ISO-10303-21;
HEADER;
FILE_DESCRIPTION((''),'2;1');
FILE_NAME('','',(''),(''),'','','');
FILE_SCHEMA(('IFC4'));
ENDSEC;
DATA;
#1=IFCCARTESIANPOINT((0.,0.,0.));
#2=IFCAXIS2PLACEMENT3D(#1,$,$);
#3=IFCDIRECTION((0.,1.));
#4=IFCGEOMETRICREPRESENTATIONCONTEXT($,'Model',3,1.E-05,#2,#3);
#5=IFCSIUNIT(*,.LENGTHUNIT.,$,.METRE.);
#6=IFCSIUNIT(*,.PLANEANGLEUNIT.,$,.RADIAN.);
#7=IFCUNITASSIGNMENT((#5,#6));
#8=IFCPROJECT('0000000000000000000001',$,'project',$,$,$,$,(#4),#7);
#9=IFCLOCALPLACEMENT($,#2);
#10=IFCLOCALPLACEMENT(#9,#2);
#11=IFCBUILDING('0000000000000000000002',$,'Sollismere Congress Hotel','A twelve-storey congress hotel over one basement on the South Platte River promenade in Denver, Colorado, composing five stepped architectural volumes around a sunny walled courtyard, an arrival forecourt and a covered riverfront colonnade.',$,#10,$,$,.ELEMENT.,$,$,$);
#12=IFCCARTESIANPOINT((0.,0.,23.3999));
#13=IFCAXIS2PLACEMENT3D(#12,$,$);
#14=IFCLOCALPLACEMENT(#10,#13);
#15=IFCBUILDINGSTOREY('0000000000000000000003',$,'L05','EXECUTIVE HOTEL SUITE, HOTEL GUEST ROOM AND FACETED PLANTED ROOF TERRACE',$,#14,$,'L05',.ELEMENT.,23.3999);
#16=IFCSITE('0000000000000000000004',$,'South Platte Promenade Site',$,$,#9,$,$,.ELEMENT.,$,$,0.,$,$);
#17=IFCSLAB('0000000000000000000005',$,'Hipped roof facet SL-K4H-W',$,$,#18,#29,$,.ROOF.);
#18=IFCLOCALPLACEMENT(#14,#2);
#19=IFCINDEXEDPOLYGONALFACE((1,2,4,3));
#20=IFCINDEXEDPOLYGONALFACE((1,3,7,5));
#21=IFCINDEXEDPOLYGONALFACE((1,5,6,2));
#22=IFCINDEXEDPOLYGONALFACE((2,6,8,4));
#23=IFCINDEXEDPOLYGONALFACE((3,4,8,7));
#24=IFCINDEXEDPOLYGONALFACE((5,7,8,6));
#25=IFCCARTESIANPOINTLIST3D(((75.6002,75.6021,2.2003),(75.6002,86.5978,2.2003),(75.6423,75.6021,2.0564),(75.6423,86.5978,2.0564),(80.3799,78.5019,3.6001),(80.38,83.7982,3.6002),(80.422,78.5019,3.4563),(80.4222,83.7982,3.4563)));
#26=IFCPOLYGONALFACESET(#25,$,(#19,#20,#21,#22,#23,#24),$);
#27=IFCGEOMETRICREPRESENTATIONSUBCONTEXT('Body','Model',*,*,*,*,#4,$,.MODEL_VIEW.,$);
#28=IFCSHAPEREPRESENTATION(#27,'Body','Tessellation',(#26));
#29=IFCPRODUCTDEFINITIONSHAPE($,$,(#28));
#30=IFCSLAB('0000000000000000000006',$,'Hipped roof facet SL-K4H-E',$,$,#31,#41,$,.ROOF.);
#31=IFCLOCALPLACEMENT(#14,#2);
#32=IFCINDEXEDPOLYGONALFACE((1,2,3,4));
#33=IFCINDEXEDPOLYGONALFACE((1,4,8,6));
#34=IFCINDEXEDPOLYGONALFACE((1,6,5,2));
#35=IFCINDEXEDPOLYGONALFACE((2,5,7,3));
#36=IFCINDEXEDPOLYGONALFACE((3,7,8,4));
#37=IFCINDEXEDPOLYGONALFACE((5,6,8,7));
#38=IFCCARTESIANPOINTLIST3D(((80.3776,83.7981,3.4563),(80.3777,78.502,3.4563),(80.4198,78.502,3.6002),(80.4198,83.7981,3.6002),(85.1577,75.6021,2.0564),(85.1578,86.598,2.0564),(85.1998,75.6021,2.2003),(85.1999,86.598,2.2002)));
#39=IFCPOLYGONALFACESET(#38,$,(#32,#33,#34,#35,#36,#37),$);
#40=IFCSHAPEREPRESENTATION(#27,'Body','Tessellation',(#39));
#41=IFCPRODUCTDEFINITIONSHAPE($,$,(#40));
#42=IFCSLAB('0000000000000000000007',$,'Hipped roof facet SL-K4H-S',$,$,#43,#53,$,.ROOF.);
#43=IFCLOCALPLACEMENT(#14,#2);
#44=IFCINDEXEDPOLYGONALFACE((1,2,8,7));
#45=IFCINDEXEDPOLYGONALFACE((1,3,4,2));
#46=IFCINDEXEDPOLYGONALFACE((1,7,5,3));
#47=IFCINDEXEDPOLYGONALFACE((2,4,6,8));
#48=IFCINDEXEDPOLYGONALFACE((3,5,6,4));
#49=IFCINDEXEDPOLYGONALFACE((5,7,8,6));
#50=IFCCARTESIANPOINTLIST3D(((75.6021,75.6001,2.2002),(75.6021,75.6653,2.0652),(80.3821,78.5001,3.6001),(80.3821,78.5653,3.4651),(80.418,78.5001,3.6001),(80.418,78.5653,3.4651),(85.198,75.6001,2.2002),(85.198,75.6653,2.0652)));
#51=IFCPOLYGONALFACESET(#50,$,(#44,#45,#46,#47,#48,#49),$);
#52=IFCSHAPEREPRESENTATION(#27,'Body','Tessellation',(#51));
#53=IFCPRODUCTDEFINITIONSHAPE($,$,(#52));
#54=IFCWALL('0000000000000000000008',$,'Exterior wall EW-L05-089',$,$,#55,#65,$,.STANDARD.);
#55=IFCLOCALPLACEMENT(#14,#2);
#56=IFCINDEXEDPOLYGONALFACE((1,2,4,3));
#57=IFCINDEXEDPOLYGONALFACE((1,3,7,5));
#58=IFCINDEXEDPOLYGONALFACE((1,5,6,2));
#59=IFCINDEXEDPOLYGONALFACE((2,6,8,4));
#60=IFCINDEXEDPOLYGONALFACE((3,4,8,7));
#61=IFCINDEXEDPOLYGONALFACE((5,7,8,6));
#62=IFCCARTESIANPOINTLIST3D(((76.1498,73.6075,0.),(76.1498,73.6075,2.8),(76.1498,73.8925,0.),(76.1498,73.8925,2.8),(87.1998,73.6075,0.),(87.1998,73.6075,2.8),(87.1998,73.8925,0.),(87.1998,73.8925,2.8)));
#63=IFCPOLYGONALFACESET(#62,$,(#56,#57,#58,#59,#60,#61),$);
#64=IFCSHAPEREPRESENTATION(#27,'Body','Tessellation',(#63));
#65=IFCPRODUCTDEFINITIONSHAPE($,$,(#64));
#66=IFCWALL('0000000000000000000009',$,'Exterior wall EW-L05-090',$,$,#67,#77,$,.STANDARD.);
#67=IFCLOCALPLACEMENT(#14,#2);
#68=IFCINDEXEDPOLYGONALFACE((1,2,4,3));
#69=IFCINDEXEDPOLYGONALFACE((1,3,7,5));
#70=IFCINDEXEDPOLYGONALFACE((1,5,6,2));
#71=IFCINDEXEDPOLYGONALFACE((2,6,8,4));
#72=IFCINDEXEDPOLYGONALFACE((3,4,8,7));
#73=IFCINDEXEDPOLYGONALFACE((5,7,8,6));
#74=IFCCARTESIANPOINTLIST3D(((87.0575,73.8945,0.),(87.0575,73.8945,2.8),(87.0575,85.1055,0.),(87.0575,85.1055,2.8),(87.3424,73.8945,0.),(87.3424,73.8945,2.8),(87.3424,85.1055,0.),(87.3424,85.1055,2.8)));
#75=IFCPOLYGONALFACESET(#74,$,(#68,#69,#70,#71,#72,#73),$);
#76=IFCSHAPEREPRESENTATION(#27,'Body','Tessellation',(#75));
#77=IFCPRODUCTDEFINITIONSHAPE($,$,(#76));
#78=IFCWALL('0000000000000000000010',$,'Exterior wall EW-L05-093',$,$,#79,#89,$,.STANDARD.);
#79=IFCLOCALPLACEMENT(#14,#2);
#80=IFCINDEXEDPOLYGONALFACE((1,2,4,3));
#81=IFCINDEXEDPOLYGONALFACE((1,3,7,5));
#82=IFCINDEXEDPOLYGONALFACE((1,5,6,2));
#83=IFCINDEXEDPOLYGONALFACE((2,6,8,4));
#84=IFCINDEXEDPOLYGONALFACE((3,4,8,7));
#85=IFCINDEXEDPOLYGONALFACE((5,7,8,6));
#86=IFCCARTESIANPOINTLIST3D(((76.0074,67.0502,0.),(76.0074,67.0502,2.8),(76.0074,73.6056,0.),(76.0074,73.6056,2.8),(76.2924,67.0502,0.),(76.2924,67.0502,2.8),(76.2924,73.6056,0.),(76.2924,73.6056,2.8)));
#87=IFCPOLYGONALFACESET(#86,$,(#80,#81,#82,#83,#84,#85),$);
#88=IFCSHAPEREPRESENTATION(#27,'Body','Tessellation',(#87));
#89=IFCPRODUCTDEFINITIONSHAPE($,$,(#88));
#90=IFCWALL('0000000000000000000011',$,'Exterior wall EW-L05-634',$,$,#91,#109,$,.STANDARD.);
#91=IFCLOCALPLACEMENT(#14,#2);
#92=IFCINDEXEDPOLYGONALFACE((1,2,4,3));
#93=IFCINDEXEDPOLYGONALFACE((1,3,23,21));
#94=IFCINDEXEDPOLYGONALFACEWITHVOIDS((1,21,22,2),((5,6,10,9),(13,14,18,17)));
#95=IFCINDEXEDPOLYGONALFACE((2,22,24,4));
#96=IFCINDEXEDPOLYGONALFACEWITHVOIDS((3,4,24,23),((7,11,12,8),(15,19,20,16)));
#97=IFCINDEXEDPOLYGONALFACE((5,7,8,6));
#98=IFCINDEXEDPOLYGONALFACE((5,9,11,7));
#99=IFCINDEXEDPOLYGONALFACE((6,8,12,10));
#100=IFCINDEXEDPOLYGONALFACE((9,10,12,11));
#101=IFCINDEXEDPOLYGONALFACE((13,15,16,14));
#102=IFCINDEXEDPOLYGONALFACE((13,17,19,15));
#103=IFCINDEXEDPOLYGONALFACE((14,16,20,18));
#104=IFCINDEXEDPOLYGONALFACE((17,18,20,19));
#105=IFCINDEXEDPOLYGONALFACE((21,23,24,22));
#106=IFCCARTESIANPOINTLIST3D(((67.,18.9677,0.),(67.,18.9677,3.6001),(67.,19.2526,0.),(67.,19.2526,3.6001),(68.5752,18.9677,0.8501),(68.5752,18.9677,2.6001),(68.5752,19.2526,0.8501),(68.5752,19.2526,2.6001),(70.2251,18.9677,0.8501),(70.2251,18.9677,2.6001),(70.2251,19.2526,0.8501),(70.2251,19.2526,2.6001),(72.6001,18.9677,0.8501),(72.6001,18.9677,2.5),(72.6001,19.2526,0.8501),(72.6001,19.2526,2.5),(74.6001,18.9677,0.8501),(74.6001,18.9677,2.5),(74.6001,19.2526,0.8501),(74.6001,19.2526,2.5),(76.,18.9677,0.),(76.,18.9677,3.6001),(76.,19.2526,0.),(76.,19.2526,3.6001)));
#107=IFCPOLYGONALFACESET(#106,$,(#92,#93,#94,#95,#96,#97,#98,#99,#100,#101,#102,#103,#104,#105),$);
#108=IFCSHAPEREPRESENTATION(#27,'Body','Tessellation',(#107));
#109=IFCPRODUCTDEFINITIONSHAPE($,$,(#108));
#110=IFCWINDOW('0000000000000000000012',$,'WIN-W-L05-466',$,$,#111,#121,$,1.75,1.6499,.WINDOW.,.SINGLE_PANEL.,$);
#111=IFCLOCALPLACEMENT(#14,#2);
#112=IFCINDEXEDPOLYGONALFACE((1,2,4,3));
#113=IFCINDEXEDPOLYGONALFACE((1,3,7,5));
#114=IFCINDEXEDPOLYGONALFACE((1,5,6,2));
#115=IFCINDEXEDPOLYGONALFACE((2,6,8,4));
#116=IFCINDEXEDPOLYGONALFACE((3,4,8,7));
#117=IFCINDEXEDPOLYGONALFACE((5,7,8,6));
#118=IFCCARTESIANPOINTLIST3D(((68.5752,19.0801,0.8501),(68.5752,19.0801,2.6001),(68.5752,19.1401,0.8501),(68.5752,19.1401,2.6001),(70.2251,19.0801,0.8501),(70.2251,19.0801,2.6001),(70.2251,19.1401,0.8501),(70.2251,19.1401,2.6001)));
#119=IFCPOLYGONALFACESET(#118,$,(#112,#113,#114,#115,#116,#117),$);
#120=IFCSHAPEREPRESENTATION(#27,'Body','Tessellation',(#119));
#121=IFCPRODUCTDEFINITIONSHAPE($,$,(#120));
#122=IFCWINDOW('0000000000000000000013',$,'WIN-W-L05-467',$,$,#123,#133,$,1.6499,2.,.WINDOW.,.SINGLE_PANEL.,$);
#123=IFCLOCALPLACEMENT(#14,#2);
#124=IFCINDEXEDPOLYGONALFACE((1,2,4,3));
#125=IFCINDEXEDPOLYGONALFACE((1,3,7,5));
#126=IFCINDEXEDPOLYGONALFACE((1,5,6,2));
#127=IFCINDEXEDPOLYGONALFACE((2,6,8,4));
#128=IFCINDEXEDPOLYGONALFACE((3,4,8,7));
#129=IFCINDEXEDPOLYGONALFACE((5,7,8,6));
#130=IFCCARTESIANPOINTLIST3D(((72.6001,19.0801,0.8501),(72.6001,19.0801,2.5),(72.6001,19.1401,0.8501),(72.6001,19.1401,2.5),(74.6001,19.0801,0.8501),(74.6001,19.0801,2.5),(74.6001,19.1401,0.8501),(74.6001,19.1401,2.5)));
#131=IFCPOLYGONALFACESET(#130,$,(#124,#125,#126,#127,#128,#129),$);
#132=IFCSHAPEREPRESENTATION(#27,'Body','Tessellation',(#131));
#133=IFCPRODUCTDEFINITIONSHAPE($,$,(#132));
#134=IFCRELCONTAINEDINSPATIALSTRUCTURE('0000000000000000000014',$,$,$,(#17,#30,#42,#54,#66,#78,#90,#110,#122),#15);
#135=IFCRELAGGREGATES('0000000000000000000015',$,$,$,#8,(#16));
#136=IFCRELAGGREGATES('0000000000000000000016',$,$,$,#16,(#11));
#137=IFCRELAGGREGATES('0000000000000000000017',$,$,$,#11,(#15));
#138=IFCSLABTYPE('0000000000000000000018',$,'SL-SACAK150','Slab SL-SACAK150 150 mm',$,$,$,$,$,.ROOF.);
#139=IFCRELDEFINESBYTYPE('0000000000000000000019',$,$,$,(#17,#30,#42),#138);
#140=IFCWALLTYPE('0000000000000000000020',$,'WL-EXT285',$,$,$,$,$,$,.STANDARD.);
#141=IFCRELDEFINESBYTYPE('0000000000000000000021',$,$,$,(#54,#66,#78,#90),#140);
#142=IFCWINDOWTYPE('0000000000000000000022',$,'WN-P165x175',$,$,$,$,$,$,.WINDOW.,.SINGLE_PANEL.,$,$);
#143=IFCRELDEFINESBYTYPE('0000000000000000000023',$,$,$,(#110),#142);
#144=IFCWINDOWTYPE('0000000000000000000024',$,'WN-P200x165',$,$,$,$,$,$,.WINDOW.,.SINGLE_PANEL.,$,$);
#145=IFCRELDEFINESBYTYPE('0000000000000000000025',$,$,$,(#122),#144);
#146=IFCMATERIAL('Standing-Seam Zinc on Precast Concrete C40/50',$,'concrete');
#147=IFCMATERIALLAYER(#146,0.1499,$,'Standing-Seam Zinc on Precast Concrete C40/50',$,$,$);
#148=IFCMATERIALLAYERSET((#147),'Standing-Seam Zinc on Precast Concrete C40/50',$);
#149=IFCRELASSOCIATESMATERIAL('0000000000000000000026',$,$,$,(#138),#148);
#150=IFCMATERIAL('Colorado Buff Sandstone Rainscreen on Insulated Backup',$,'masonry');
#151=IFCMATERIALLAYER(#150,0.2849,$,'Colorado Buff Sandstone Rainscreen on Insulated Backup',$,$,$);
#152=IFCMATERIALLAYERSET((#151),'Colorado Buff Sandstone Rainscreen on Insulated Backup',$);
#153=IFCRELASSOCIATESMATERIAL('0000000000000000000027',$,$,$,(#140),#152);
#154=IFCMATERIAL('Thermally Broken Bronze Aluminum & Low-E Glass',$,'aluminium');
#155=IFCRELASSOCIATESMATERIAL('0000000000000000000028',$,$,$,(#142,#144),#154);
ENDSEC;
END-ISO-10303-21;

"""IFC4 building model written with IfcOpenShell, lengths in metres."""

from ifc_helpers import new_model, si_unit, direction, frame, frame_2d, origin, place, context, subcontext, project, spatial, polyline, rectangle, outline, extrude, material, layer, layer_set, type_object, element, fill, save


model = new_model("IFC4")

# Units and contexts
model_context = context("Model", 3, precision=1e-05, world=origin(), true_north=direction((0.0, 1.0)))
body_context = subcontext(model_context, "Body", "Model", "MODEL_VIEW")
ifc_project = project(units=[si_unit("LENGTHUNIT", "METRE"), si_unit("PLANEANGLEUNIT", "RADIAN")], contexts=[model_context])

# Site, building, storey
site_placement = place(None, origin())
site = spatial("IfcSite", under=ifc_project, at=site_placement, Name="South Platte Promenade Site", CompositionType="ELEMENT", RefElevation=0.0)
building_placement = place(site_placement, origin())
building = spatial("IfcBuilding", under=site, at=building_placement, Name="Sollismere Congress Hotel", Description="A twelve-storey congress hotel over one basement on the South Platte River promenade in Denver, Colorado, composing five stepped architectural volumes around a sunny walled courtyard, an arrival forecourt and a covered riverfront colonnade.", CompositionType="ELEMENT")
storey_placement = place(building_placement, frame((0.0, 0.0, 23.3999)))
storey = spatial("IfcBuildingStorey", under=building, at=storey_placement, Name="L05", Description="EXECUTIVE HOTEL SUITE, HOTEL GUEST ROOM AND FACETED PLANTED ROOF TERRACE", LongName="L05", CompositionType="ELEMENT", Elevation=23.3999)

# Slabs
ifc_material_1 = material(Name="Standing-Seam Zinc on Precast Concrete C40/50", Category="concrete")
ifc_layer_1 = layer(ifc_material_1, 0.1499, Name="Standing-Seam Zinc on Precast Concrete C40/50")
ifc_layer_set_1 = layer_set([ifc_layer_1], Name="Standing-Seam Zinc on Precast Concrete C40/50")
slab_type = type_object("IfcSlabType", Name="SL-SACAK150", Description="Slab SL-SACAK150 150 mm", PredefinedType="ROOF", material=ifc_layer_set_1)
slab_1_placement = place(storey_placement, frame((75.6423, 75.6021, 2.0564), z_axis=(-0.281073, 0.0, 0.959686), x_axis=(0.82935, 0.503168, 0.2429)))
element("IfcSlab", 1, at=slab_1_placement, inside=storey, type_object=slab_type, Name="Hipped roof facet SL-K4H-W", PredefinedType="ROOF", context=body_context, shape_type="SweptSolid", body=[
    extrude(outline(polyline([(0.0, 0.0), (5.7632, 0.0), (8.4282, 4.5769), (5.5327, 9.5024), (0.0, 0.0)])), origin(), (0.0, 0.0, 1.0), 0.1499),
])
slab_2_placement = place(storey_placement, frame((80.3777, 78.502, 3.4563), z_axis=(0.28106, 0.0, 0.95969), x_axis=(0.829363, -0.50315, -0.242891)))
element("IfcSlab", 2, at=slab_2_placement, inside=storey, type_object=slab_type, Name="Hipped roof facet SL-K4H-E", PredefinedType="ROOF", context=body_context, shape_type="SweptSolid", body=[
    extrude(outline(polyline([(0.0, 0.0), (5.7634, 0.0), (0.231, 9.5027), (-2.6648, 4.5769), (0.0, 0.0)])), origin(), (0.0, 0.0, 1.0), 0.1499),
])
slab_3_placement = place(storey_placement, frame((75.6021, 75.6653, 2.0652), z_axis=(0.0, -0.434736, 0.900558), x_axis=(1.0, 0.0, 0.0)))
element("IfcSlab", 3, at=slab_3_placement, inside=storey, type_object=slab_type, Name="Hipped roof facet SL-K4H-S", PredefinedType="ROOF", context=body_context, shape_type="SweptSolid", body=[
    extrude(outline(polyline([(0.0, 0.0), (9.5959, 0.0), (4.8159, 3.2202), (4.78, 3.2202), (0.0, 0.0)])), origin(), (0.0, 0.0, 1.0), 0.1499),
])

# Walls
ifc_material_2 = material(Name="Colorado Buff Sandstone Rainscreen on Insulated Backup", Category="masonry")
ifc_layer_2 = layer(ifc_material_2, 0.2849, Name="Colorado Buff Sandstone Rainscreen on Insulated Backup")
ifc_layer_set_2 = layer_set([ifc_layer_2], Name="Colorado Buff Sandstone Rainscreen on Insulated Backup")
wall_type_1 = type_object("IfcWallType", Name="WL-EXT285", PredefinedType="STANDARD", material=ifc_layer_set_2)
wall_1_placement = place(storey_placement, frame((76.1499, 73.75, 0.0), z_axis=(0.0, 0.0, 1.0), x_axis=(1.0, 0.0, 0.0)))
element("IfcWall", 4, at=wall_1_placement, inside=storey, type_object=wall_type_1, Name="Exterior wall EW-L05-089", PredefinedType="STANDARD", context=body_context, shape_type="SweptSolid", body=[
    extrude(rectangle(XDim=11.05, YDim=0.2849, at=frame_2d((5.5249, 0.0))), origin(), (0.0, 0.0, 1.0), 2.8),
])
wall_2_placement = place(storey_placement, frame((87.2, 73.8945, 0.0), z_axis=(0.0, 0.0, 1.0), x_axis=(0.0, 1.0, 0.0)))
element("IfcWall", 5, at=wall_2_placement, inside=storey, type_object=wall_type_1, Name="Exterior wall EW-L05-090", PredefinedType="STANDARD", context=body_context, shape_type="SweptSolid", body=[
    extrude(rectangle(XDim=11.2109, YDim=0.2849, at=frame_2d((5.6055, 0.0))), origin(), (0.0, 0.0, 1.0), 2.8),
])
wall_3_placement = place(storey_placement, frame((76.1499, 67.05, 0.0), z_axis=(0.0, 0.0, 1.0), x_axis=(0.0, 1.0, 0.0)))
element("IfcWall", 6, at=wall_3_placement, inside=storey, type_object=wall_type_1, Name="Exterior wall EW-L05-093", PredefinedType="STANDARD", context=body_context, shape_type="SweptSolid", body=[
    extrude(rectangle(XDim=6.5554, YDim=0.2849, at=frame_2d((3.2778, 0.0))), origin(), (0.0, 0.0, 1.0), 2.8),
])

# Wall, openings, windows
wall_4_placement = place(storey_placement, frame((76.0, 19.1101, 0.0), z_axis=(0.0, 0.0, 1.0), x_axis=(-1.0, 0.0, 0.0)))
wall_4 = element("IfcWall", 7, at=wall_4_placement, inside=storey, type_object=wall_type_1, Name="Exterior wall EW-L05-634", PredefinedType="STANDARD", context=body_context, shape_type="SweptSolid", body=[
    extrude(rectangle(XDim=9.0, YDim=0.2849, at=frame_2d((4.5, 0.0))), origin(), (0.0, 0.0, 1.0), 3.6001),
])
opening_1_placement = place(wall_4_placement, frame((5.7749, 0.0, 0.8501)))
opening_1 = element("IfcOpeningElement", 8, at=opening_1_placement, cuts=wall_4, PredefinedType="OPENING", context=body_context, shape_type="SweptSolid", body=[
    extrude(rectangle(XDim=1.6499, YDim=1.75, at=frame_2d((0.825, 0.875))), frame((0.0, 0.1523, 0.0), z_axis=(0.0, -1.0, 0.0), x_axis=(1.0, 0.0, 0.0)), (0.0, 0.0, 1.0), 0.3049),
])
opening_2_placement = place(wall_4_placement, frame((1.3999, 0.0, 0.8501)))
opening_2 = element("IfcOpeningElement", 9, at=opening_2_placement, cuts=wall_4, PredefinedType="OPENING", context=body_context, shape_type="SweptSolid", body=[
    extrude(rectangle(XDim=2.0, YDim=1.6499, at=frame_2d((1.0, 0.825))), frame((0.0, 0.1523, 0.0), z_axis=(0.0, -1.0, 0.0), x_axis=(1.0, 0.0, 0.0)), (0.0, 0.0, 1.0), 0.3049),
])
ifc_material_3 = material(Name="Thermally Broken Bronze Aluminum & Low-E Glass", Category="aluminium")
window_type_1 = type_object("IfcWindowType", Name="WN-P165x175", PartitioningType="SINGLE_PANEL", PredefinedType="WINDOW", material=ifc_material_3)
window_1_placement = place(opening_1_placement, origin())
window_1 = element("IfcWindow", 10, at=window_1_placement, inside=storey, type_object=window_type_1, Name="WIN-W-L05-466", OverallHeight=1.75, OverallWidth=1.6499, PartitioningType="SINGLE_PANEL", PredefinedType="WINDOW", context=body_context, shape_type="SweptSolid", body=[
    extrude(rectangle(XDim=1.6499, YDim=1.75, at=frame_2d((0.825, 0.875))), frame((0.0, 0.03, 0.0), z_axis=(0.0, -1.0, 0.0), x_axis=(1.0, 0.0, 0.0)), (0.0, 0.0, 1.0), 0.0601),
])
fill(opening_1, window_1)
window_type_2 = type_object("IfcWindowType", Name="WN-P200x165", PartitioningType="SINGLE_PANEL", PredefinedType="WINDOW", material=ifc_material_3)
window_2_placement = place(opening_2_placement, origin())
window_2 = element("IfcWindow", 11, at=window_2_placement, inside=storey, type_object=window_type_2, Name="WIN-W-L05-467", OverallHeight=1.6499, OverallWidth=2.0, PartitioningType="SINGLE_PANEL", PredefinedType="WINDOW", context=body_context, shape_type="SweptSolid", body=[
    extrude(rectangle(XDim=2.0, YDim=1.6499, at=frame_2d((1.0, 0.825))), frame((0.0, 0.03, 0.0), z_axis=(0.0, -1.0, 0.0), x_axis=(1.0, 0.0, 0.0)), (0.0, 0.0, 1.0), 0.0601),
])
fill(opening_2, window_2)

save(model, "model.ifc")
